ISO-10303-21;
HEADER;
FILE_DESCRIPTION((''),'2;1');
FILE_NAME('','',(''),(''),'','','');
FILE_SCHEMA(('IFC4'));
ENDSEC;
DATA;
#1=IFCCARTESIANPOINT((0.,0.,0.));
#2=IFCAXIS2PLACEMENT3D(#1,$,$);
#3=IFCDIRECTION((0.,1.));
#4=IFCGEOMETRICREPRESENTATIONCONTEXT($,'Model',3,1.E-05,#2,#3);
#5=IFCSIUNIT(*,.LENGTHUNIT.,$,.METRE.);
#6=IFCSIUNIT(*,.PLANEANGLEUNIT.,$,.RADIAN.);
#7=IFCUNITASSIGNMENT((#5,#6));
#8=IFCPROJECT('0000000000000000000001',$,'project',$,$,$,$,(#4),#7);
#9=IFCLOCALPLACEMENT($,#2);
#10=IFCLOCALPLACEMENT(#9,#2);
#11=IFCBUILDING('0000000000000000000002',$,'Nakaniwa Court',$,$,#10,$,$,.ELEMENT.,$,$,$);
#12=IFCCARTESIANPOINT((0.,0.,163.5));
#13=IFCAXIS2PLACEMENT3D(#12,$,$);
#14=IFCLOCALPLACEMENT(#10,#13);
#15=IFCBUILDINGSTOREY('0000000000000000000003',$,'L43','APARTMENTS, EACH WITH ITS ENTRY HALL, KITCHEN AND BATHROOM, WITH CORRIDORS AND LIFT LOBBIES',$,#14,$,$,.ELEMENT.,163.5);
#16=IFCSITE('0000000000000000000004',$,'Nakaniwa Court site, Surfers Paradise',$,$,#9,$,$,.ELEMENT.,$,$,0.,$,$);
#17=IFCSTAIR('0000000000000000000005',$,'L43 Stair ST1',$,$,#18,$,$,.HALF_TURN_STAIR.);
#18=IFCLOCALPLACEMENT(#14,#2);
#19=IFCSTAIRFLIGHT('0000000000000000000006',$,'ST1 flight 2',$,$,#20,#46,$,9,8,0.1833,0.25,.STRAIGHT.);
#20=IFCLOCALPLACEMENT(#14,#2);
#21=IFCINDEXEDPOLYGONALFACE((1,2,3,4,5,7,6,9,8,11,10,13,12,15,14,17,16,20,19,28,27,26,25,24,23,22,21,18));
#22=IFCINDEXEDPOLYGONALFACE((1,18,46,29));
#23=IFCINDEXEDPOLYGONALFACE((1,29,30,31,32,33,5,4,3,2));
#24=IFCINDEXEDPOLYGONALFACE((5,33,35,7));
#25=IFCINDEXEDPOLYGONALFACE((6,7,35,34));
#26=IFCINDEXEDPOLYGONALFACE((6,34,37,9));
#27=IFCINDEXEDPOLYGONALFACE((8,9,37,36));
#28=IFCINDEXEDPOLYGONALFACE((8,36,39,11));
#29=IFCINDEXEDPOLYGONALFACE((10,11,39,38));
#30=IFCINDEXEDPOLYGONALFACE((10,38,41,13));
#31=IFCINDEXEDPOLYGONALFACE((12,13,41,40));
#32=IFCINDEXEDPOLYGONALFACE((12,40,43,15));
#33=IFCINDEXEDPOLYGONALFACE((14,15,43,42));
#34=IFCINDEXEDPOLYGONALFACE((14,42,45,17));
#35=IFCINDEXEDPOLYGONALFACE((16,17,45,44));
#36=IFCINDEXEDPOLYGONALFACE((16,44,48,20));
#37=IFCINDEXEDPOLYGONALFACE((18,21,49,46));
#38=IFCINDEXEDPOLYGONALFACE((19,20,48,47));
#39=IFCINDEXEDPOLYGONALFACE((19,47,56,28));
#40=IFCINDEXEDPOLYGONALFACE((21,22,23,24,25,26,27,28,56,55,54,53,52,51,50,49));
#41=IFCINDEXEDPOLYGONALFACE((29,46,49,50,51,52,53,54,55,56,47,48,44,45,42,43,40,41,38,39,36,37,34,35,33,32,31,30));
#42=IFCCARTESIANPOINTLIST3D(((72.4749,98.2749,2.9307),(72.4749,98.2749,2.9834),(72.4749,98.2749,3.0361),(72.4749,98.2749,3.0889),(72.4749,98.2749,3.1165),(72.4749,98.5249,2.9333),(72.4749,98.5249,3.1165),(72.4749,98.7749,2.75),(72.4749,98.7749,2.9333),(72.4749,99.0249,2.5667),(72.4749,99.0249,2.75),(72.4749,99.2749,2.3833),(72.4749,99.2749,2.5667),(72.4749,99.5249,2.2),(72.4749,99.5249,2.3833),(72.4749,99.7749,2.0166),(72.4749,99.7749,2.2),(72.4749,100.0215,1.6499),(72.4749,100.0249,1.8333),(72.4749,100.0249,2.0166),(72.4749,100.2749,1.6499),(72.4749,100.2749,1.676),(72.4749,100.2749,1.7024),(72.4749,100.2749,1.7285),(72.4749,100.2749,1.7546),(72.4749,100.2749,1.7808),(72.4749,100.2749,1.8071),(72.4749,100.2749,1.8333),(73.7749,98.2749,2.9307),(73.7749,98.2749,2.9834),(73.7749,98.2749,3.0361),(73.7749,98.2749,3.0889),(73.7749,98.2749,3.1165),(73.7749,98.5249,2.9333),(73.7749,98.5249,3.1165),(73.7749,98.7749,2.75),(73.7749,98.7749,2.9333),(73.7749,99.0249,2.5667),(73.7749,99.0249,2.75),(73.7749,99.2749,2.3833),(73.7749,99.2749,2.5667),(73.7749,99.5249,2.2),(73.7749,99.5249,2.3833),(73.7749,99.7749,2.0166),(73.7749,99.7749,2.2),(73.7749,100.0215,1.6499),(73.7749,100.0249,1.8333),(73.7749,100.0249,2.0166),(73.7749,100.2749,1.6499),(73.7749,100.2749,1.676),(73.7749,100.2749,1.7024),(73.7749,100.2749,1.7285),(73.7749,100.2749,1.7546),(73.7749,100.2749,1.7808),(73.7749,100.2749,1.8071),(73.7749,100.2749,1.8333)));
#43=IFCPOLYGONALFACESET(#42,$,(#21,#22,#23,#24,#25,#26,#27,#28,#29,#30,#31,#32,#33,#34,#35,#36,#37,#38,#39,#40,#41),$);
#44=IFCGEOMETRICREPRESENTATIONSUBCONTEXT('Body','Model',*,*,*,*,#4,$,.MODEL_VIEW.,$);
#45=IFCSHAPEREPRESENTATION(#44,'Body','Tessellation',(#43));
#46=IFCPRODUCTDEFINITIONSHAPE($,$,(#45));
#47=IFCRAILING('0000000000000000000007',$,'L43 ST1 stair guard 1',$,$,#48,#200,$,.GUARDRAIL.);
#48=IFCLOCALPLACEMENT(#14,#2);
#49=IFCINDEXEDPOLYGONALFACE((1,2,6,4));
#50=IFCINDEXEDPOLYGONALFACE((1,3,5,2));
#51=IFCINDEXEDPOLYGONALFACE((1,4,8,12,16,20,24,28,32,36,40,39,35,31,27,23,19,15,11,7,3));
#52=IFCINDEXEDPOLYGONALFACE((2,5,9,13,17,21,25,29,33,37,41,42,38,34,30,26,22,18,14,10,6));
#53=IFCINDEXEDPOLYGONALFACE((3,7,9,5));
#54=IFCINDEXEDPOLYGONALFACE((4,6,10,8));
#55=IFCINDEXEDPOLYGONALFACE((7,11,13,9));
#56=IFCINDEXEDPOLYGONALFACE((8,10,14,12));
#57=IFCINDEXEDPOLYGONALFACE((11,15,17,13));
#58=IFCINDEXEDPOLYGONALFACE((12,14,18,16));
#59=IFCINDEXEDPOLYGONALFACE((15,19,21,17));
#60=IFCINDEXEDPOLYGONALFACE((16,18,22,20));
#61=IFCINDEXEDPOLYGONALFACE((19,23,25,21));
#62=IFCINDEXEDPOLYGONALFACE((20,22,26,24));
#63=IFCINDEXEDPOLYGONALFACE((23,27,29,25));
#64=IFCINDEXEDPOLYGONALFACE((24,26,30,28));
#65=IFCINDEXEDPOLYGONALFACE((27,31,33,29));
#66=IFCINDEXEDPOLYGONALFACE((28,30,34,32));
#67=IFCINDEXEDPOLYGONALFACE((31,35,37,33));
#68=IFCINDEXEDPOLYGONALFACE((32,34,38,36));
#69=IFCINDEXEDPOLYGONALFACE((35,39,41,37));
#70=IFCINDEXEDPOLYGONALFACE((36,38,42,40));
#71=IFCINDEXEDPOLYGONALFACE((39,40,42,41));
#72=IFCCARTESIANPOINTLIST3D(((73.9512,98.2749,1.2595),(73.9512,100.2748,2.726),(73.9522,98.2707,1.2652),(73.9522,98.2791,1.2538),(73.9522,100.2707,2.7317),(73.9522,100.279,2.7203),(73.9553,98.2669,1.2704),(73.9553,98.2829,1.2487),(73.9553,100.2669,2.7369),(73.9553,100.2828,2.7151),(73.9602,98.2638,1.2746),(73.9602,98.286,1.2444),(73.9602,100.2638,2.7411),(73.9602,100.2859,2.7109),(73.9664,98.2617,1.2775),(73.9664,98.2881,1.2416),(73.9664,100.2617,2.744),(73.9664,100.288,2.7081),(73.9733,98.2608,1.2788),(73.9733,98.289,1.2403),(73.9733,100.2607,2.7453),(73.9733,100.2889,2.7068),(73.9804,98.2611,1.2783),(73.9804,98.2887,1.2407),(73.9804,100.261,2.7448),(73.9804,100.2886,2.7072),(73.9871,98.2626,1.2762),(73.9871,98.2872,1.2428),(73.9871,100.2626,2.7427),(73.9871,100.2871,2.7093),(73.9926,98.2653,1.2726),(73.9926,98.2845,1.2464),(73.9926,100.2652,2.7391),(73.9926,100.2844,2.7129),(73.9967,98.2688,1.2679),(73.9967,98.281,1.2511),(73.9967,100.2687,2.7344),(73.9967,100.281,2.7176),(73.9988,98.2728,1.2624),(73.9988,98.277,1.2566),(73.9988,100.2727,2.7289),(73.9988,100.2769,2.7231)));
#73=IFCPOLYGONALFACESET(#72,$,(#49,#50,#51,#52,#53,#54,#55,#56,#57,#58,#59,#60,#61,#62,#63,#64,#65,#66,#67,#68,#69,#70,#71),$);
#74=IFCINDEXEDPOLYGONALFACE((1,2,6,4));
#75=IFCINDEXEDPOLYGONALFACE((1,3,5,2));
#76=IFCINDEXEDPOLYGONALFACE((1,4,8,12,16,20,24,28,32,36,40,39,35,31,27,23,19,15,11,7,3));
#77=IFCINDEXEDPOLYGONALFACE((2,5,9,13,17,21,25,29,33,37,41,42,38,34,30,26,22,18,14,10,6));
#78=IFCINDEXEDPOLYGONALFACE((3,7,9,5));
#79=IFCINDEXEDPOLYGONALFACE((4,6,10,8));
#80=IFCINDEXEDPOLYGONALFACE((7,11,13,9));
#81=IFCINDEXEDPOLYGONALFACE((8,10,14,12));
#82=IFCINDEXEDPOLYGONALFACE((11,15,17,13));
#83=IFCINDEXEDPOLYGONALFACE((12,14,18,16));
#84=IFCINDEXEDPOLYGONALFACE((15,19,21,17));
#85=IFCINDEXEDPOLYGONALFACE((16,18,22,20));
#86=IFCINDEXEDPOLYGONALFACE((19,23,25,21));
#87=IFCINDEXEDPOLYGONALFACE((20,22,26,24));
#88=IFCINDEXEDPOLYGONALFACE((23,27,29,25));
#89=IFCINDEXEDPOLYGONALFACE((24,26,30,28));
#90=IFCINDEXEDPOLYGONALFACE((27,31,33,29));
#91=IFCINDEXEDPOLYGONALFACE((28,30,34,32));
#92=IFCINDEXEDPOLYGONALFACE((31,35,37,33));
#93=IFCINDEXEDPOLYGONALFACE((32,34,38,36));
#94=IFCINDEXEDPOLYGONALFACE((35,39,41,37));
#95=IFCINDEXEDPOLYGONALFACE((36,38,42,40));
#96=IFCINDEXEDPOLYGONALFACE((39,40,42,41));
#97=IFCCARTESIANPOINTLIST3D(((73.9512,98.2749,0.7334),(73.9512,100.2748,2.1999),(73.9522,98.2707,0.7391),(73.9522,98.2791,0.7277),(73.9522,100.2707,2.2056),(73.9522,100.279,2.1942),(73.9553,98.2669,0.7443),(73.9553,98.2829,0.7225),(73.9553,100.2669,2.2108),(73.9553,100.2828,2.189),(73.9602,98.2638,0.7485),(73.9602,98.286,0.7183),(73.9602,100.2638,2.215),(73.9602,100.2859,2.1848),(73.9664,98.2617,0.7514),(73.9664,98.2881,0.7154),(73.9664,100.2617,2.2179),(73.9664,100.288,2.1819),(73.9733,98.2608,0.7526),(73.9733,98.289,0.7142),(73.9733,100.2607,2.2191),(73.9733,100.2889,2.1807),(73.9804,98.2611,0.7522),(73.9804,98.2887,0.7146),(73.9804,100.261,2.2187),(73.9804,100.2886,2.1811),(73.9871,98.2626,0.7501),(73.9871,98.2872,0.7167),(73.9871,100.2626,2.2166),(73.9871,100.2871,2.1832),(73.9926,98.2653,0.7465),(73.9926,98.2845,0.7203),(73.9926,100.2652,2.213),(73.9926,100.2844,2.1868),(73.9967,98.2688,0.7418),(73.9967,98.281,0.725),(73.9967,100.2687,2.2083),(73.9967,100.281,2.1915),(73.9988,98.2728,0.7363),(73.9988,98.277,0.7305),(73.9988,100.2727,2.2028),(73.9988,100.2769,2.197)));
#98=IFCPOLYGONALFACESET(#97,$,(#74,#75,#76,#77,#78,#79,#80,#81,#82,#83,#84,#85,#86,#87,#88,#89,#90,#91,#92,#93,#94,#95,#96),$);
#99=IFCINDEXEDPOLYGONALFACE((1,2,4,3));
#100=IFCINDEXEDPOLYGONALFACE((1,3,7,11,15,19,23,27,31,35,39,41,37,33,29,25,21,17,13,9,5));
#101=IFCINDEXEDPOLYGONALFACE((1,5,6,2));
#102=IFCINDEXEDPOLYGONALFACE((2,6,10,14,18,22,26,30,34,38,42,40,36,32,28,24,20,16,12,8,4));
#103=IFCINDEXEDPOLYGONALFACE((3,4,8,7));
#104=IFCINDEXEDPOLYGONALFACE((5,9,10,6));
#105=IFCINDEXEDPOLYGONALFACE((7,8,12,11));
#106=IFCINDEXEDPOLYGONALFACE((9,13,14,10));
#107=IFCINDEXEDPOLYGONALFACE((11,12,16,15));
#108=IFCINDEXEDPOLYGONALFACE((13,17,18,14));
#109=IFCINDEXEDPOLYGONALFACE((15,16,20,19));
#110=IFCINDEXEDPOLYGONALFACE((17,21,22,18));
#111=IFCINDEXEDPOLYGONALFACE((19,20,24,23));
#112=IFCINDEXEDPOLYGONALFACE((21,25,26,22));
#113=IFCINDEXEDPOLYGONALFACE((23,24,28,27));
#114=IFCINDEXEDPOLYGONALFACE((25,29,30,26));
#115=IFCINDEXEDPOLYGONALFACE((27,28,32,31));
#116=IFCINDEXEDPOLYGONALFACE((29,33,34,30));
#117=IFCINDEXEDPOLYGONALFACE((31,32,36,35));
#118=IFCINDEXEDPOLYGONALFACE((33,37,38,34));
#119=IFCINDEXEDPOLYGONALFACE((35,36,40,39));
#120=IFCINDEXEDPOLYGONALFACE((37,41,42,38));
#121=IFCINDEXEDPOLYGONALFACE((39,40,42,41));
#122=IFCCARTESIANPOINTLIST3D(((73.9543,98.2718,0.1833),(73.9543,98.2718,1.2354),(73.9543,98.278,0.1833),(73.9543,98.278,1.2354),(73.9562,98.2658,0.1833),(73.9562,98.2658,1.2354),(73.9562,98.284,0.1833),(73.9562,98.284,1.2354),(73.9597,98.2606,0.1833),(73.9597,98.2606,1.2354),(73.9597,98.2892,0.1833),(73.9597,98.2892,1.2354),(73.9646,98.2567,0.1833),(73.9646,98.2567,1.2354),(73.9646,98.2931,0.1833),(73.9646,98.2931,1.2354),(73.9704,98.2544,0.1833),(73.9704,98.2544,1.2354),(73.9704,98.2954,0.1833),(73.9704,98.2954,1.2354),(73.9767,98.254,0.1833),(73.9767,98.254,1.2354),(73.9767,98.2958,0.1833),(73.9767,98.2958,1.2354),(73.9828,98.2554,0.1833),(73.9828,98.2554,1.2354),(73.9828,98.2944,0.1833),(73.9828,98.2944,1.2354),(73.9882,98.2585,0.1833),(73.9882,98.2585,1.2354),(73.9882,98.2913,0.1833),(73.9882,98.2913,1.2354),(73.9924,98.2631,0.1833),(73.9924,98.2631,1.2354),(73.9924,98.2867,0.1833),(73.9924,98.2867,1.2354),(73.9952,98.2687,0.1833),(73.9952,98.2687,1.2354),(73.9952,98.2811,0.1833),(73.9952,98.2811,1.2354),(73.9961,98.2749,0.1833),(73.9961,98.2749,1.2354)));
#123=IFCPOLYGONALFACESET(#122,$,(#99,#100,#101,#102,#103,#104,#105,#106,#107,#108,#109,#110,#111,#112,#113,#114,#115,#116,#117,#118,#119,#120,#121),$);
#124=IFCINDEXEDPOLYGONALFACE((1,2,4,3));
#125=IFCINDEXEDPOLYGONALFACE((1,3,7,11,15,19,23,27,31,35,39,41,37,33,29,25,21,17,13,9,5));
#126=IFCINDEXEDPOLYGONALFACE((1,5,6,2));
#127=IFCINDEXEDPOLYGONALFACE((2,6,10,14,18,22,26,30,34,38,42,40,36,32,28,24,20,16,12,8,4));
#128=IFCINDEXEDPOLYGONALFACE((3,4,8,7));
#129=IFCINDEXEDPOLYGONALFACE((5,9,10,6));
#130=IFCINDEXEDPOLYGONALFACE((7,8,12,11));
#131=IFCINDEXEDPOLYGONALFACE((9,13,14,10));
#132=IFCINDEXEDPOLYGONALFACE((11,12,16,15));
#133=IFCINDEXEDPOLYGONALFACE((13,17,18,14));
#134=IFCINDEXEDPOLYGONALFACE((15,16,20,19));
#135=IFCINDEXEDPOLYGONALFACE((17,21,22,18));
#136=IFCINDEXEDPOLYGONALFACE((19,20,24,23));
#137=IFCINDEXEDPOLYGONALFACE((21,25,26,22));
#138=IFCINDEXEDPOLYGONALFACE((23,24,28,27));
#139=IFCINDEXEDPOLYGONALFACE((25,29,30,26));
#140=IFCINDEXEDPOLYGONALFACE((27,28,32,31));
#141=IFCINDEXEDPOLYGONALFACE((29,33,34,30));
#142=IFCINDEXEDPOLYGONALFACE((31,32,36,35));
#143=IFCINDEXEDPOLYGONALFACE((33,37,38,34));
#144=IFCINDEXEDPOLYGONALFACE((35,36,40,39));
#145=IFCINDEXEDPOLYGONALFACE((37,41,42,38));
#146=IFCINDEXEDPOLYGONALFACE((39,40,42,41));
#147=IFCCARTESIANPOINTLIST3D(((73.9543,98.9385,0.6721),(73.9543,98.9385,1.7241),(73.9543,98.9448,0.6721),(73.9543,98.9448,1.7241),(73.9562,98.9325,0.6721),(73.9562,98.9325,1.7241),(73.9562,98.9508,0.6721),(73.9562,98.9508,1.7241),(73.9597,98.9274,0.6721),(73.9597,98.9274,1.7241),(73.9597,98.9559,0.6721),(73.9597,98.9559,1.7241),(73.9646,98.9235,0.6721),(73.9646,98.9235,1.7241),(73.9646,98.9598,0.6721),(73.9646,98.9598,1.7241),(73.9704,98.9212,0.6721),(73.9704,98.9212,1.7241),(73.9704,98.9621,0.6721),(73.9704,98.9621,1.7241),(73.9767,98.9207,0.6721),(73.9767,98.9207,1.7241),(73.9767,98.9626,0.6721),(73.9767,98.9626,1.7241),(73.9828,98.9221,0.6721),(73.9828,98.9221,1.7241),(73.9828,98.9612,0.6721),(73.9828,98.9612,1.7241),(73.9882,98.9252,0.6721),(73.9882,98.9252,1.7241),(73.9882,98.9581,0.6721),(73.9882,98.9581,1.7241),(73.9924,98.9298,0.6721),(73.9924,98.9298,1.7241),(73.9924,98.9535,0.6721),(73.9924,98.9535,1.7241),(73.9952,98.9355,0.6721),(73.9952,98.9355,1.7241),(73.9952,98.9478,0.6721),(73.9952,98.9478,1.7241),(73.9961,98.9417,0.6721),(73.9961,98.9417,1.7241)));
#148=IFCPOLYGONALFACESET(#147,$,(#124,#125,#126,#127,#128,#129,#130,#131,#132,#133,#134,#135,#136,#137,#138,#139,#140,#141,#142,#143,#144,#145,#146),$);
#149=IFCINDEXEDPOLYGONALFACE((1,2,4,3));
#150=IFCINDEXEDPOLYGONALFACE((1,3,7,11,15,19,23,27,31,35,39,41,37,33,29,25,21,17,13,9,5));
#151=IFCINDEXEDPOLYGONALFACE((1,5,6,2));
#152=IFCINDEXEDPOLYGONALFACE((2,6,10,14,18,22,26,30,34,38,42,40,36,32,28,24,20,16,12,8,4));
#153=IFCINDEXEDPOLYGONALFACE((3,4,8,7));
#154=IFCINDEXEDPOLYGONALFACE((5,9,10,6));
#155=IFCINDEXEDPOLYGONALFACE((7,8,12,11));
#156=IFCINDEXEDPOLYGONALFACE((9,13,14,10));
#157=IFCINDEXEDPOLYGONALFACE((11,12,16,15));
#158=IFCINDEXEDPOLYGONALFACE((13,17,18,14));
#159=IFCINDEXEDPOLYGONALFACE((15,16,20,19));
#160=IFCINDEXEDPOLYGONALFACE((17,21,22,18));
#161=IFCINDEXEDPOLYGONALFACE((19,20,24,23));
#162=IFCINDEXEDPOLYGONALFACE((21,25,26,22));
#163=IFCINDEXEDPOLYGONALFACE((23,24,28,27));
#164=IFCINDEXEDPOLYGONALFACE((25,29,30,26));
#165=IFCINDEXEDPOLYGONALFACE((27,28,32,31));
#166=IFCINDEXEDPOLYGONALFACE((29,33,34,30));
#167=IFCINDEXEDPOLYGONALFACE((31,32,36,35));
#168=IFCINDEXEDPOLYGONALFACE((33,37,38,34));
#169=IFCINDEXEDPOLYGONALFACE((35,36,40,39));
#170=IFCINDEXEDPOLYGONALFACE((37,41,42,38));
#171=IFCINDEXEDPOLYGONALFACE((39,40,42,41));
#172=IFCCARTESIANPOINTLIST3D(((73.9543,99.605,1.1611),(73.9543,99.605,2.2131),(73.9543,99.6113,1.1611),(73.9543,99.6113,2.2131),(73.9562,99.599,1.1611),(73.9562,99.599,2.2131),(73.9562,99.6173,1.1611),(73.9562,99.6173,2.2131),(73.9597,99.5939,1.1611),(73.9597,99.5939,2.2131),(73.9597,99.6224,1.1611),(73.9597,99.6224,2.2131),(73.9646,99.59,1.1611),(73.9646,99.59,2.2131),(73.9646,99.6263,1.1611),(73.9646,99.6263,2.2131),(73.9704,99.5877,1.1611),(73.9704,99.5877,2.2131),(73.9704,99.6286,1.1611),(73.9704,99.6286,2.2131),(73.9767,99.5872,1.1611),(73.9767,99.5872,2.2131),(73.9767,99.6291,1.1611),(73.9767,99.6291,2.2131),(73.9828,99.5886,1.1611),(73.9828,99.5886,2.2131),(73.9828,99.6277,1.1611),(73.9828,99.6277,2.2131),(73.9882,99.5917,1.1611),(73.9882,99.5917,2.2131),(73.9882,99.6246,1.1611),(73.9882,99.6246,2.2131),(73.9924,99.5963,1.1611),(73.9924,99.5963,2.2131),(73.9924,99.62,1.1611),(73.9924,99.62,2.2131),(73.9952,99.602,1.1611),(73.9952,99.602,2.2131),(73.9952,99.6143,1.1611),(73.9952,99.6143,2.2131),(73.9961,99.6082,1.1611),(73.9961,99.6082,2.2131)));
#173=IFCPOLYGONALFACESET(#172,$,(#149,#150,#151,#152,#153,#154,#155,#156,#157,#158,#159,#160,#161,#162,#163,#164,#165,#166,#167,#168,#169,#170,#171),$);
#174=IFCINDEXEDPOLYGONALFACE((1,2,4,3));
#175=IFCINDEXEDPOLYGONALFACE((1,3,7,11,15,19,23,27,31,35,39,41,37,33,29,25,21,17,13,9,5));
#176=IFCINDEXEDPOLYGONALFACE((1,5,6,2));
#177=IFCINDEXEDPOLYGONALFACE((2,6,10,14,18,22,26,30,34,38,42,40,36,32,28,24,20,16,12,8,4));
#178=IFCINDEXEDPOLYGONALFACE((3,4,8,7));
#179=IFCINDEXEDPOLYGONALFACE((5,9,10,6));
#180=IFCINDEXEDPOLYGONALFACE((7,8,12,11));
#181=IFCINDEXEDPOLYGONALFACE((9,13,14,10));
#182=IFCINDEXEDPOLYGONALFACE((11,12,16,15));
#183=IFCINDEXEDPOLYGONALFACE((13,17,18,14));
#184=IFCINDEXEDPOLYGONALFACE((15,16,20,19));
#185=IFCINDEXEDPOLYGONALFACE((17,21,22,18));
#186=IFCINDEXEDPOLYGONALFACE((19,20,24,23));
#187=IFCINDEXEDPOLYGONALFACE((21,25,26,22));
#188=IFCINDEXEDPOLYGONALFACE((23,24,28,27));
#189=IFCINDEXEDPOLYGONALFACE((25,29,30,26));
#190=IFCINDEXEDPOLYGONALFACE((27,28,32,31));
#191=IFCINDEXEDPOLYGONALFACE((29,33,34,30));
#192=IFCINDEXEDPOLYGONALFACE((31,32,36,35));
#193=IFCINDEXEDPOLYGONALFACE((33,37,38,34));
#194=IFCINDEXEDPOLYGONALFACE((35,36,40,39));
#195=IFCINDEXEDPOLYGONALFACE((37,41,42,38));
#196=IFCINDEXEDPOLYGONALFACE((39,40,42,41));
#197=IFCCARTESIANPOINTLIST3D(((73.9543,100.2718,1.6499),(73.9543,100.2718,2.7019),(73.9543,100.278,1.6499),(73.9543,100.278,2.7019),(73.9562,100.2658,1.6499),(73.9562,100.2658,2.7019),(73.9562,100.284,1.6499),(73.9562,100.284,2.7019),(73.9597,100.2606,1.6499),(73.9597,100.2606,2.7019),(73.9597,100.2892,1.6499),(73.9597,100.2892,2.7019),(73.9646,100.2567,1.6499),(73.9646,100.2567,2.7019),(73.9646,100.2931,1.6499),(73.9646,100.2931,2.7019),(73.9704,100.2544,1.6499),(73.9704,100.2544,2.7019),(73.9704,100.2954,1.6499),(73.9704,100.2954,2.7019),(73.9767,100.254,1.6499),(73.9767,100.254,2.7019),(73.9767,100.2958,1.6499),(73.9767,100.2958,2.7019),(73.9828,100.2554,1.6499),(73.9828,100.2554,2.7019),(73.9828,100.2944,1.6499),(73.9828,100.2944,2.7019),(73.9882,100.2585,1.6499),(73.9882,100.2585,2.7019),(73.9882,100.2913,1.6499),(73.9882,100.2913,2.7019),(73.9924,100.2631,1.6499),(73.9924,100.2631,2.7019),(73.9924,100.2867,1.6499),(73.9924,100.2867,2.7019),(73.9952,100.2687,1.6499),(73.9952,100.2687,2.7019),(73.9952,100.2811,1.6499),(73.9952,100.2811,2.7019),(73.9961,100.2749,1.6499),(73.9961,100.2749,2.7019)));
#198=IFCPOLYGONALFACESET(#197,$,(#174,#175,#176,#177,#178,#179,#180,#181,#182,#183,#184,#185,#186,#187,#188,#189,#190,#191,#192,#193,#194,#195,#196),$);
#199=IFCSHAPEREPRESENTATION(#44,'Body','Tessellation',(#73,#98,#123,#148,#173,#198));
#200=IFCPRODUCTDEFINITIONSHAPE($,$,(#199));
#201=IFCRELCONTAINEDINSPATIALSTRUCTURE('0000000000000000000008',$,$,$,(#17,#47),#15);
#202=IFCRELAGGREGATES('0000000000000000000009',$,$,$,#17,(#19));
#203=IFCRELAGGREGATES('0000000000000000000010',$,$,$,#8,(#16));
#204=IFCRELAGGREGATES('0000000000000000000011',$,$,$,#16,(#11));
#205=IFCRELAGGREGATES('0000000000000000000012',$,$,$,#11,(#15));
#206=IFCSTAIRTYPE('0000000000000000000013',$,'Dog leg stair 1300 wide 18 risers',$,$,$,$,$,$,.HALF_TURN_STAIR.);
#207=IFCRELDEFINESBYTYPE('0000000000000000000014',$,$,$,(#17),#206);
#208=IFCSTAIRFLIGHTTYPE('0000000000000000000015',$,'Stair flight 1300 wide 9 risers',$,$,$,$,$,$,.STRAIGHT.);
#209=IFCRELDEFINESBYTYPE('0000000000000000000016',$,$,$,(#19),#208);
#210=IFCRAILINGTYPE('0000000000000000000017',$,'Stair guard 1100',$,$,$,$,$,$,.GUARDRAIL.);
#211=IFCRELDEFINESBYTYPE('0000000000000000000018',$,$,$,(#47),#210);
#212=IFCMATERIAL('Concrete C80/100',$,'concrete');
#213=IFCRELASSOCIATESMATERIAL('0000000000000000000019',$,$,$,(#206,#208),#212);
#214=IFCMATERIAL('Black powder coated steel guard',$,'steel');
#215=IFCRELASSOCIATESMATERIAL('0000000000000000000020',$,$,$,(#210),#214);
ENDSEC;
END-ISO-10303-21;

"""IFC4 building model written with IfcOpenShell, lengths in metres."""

from ifc_helpers import new_model, si_unit, direction, frame, origin, origin_2d, place, context, subcontext, project, spatial, polyline, circle, outline, extrude, material, type_object, element, aggregate, save


model = new_model("IFC4")

# Units and contexts
model_context = context("Model", 3, precision=1e-05, world=origin(), true_north=direction((0.0, 1.0)))
body_context = subcontext(model_context, "Body", "Model", "MODEL_VIEW")
ifc_project = project(units=[si_unit("LENGTHUNIT", "METRE"), si_unit("PLANEANGLEUNIT", "RADIAN")], contexts=[model_context])

# Site, building, storey
site_placement = place(None, origin())
site = spatial("IfcSite", under=ifc_project, at=site_placement, Name="Nakaniwa Court site, Surfers Paradise", CompositionType="ELEMENT", RefElevation=0.0)
building_placement = place(site_placement, origin())
building = spatial("IfcBuilding", under=site, at=building_placement, Name="Nakaniwa Court", CompositionType="ELEMENT")
storey_placement = place(building_placement, frame((0.0, 0.0, 163.5)))
storey = spatial("IfcBuildingStorey", under=building, at=storey_placement, Name="L43", Description="APARTMENTS, EACH WITH ITS ENTRY HALL, KITCHEN AND BATHROOM, WITH CORRIDORS AND LIFT LOBBIES", CompositionType="ELEMENT", Elevation=163.5)

# Shared definitions
ifc_material_1 = material(Name="Concrete C80/100", Category="concrete")

# Stair, stair flight
stair_type = type_object("IfcStairType", Name="Dog leg stair 1300 wide 18 risers", PredefinedType="HALF_TURN_STAIR", material=ifc_material_1)
stair_placement = place(storey_placement, origin())
stair = element("IfcStair", 1, at=stair_placement, inside=storey, type_object=stair_type, Name="L43 Stair ST1", PredefinedType="HALF_TURN_STAIR")
stair_flight_type = type_object("IfcStairFlightType", Name="Stair flight 1300 wide 9 risers", PredefinedType="STRAIGHT", material=ifc_material_1)
stair_flight_1_placement = place(storey_placement, frame((73.125, 100.2749, 1.6499), z_axis=(0.0, 0.0, 1.0), x_axis=(0.0, -1.0, 0.0)))
stair_flight_1 = element("IfcStairFlight", 2, at=stair_flight_1_placement, type_object=stair_flight_type, Name="ST1 flight 2", NumberOfRisers=9, NumberOfTreads=8, PredefinedType="STRAIGHT", RiserHeight=0.1833, TreadLength=0.25, context=body_context, shape_type="SweptSolid", body=[
    extrude(outline(polyline([(0.0, 0.0), (0.0, 0.0261), (0.0, 0.0525), (0.0, 0.0786), (0.0, 0.1047), (0.0, 0.1309), (0.0, 0.1572), (0.0, 0.1833), (0.25, 0.1833), (0.25, 0.3667), (0.5, 0.3667), (0.5, 0.55), (0.75, 0.55), (0.75, 0.7334), (1.0, 0.7334), (1.0, 0.9167), (1.25, 0.9167), (1.25, 1.1001), (1.5, 1.1001), (1.5, 1.2834), (1.75, 1.2834), (1.75, 1.4666), (2.0, 1.4666), (2.0, 1.6499), (2.0, 1.5972), (2.0, 1.5444), (2.0, 1.4917), (2.0, 1.439), (2.0, 1.3862), (2.0, 1.3335), (2.0, 1.2808), (0.2534, 0.0), (0.0, 0.0)])), frame((0.0, 0.6499, 0.0), z_axis=(0.0, -1.0, 0.0), x_axis=(1.0, 0.0, 0.0)), (0.0, 0.0, 1.0), 1.3),
])
aggregate(stair, [stair_flight_1])

# Railing
ifc_material_2 = material(Name="Black powder coated steel guard", Category="steel")
railing_type_1 = type_object("IfcRailingType", Name="Stair guard 1100", PredefinedType="GUARDRAIL", material=ifc_material_2)
railing_1_placement = place(storey_placement, frame((73.9751, 98.2749, 0.1833)))
element("IfcRailing", 3, at=railing_1_placement, inside=storey, type_object=railing_type_1, Name="L43 ST1 stair guard 1", PredefinedType="GUARDRAIL", context=body_context, shape_type="SweptSolid", body=[
    extrude(circle(Radius=0.0239, at=origin_2d()), frame((0.0, 0.0, 1.0762), z_axis=(0.0, 0.806427, 0.591334), x_axis=(-1.0, 0.0, 0.0)), (0.0, 0.0, 1.0), 2.48),
    extrude(circle(Radius=0.0239, at=origin_2d()), frame((0.0, 0.0, 0.55), z_axis=(0.0, 0.806427, 0.591334), x_axis=(-1.0, 0.0, 0.0)), (0.0, 0.0, 1.0), 2.48),
    extrude(circle(Radius=0.021, at=origin_2d()), origin(), (0.0, 0.0, 1.0), 1.052),
    extrude(circle(Radius=0.021, at=origin_2d()), frame((0.0, 0.6667, 0.4888)), (0.0, 0.0, 1.0), 1.052),
    extrude(circle(Radius=0.021, at=origin_2d()), frame((0.0, 1.3333, 0.9778)), (0.0, 0.0, 1.0), 1.052),
    extrude(circle(Radius=0.021, at=origin_2d()), frame((0.0, 2.0, 1.4666)), (0.0, 0.0, 1.0), 1.052),
])

save(model, "model.ifc")
